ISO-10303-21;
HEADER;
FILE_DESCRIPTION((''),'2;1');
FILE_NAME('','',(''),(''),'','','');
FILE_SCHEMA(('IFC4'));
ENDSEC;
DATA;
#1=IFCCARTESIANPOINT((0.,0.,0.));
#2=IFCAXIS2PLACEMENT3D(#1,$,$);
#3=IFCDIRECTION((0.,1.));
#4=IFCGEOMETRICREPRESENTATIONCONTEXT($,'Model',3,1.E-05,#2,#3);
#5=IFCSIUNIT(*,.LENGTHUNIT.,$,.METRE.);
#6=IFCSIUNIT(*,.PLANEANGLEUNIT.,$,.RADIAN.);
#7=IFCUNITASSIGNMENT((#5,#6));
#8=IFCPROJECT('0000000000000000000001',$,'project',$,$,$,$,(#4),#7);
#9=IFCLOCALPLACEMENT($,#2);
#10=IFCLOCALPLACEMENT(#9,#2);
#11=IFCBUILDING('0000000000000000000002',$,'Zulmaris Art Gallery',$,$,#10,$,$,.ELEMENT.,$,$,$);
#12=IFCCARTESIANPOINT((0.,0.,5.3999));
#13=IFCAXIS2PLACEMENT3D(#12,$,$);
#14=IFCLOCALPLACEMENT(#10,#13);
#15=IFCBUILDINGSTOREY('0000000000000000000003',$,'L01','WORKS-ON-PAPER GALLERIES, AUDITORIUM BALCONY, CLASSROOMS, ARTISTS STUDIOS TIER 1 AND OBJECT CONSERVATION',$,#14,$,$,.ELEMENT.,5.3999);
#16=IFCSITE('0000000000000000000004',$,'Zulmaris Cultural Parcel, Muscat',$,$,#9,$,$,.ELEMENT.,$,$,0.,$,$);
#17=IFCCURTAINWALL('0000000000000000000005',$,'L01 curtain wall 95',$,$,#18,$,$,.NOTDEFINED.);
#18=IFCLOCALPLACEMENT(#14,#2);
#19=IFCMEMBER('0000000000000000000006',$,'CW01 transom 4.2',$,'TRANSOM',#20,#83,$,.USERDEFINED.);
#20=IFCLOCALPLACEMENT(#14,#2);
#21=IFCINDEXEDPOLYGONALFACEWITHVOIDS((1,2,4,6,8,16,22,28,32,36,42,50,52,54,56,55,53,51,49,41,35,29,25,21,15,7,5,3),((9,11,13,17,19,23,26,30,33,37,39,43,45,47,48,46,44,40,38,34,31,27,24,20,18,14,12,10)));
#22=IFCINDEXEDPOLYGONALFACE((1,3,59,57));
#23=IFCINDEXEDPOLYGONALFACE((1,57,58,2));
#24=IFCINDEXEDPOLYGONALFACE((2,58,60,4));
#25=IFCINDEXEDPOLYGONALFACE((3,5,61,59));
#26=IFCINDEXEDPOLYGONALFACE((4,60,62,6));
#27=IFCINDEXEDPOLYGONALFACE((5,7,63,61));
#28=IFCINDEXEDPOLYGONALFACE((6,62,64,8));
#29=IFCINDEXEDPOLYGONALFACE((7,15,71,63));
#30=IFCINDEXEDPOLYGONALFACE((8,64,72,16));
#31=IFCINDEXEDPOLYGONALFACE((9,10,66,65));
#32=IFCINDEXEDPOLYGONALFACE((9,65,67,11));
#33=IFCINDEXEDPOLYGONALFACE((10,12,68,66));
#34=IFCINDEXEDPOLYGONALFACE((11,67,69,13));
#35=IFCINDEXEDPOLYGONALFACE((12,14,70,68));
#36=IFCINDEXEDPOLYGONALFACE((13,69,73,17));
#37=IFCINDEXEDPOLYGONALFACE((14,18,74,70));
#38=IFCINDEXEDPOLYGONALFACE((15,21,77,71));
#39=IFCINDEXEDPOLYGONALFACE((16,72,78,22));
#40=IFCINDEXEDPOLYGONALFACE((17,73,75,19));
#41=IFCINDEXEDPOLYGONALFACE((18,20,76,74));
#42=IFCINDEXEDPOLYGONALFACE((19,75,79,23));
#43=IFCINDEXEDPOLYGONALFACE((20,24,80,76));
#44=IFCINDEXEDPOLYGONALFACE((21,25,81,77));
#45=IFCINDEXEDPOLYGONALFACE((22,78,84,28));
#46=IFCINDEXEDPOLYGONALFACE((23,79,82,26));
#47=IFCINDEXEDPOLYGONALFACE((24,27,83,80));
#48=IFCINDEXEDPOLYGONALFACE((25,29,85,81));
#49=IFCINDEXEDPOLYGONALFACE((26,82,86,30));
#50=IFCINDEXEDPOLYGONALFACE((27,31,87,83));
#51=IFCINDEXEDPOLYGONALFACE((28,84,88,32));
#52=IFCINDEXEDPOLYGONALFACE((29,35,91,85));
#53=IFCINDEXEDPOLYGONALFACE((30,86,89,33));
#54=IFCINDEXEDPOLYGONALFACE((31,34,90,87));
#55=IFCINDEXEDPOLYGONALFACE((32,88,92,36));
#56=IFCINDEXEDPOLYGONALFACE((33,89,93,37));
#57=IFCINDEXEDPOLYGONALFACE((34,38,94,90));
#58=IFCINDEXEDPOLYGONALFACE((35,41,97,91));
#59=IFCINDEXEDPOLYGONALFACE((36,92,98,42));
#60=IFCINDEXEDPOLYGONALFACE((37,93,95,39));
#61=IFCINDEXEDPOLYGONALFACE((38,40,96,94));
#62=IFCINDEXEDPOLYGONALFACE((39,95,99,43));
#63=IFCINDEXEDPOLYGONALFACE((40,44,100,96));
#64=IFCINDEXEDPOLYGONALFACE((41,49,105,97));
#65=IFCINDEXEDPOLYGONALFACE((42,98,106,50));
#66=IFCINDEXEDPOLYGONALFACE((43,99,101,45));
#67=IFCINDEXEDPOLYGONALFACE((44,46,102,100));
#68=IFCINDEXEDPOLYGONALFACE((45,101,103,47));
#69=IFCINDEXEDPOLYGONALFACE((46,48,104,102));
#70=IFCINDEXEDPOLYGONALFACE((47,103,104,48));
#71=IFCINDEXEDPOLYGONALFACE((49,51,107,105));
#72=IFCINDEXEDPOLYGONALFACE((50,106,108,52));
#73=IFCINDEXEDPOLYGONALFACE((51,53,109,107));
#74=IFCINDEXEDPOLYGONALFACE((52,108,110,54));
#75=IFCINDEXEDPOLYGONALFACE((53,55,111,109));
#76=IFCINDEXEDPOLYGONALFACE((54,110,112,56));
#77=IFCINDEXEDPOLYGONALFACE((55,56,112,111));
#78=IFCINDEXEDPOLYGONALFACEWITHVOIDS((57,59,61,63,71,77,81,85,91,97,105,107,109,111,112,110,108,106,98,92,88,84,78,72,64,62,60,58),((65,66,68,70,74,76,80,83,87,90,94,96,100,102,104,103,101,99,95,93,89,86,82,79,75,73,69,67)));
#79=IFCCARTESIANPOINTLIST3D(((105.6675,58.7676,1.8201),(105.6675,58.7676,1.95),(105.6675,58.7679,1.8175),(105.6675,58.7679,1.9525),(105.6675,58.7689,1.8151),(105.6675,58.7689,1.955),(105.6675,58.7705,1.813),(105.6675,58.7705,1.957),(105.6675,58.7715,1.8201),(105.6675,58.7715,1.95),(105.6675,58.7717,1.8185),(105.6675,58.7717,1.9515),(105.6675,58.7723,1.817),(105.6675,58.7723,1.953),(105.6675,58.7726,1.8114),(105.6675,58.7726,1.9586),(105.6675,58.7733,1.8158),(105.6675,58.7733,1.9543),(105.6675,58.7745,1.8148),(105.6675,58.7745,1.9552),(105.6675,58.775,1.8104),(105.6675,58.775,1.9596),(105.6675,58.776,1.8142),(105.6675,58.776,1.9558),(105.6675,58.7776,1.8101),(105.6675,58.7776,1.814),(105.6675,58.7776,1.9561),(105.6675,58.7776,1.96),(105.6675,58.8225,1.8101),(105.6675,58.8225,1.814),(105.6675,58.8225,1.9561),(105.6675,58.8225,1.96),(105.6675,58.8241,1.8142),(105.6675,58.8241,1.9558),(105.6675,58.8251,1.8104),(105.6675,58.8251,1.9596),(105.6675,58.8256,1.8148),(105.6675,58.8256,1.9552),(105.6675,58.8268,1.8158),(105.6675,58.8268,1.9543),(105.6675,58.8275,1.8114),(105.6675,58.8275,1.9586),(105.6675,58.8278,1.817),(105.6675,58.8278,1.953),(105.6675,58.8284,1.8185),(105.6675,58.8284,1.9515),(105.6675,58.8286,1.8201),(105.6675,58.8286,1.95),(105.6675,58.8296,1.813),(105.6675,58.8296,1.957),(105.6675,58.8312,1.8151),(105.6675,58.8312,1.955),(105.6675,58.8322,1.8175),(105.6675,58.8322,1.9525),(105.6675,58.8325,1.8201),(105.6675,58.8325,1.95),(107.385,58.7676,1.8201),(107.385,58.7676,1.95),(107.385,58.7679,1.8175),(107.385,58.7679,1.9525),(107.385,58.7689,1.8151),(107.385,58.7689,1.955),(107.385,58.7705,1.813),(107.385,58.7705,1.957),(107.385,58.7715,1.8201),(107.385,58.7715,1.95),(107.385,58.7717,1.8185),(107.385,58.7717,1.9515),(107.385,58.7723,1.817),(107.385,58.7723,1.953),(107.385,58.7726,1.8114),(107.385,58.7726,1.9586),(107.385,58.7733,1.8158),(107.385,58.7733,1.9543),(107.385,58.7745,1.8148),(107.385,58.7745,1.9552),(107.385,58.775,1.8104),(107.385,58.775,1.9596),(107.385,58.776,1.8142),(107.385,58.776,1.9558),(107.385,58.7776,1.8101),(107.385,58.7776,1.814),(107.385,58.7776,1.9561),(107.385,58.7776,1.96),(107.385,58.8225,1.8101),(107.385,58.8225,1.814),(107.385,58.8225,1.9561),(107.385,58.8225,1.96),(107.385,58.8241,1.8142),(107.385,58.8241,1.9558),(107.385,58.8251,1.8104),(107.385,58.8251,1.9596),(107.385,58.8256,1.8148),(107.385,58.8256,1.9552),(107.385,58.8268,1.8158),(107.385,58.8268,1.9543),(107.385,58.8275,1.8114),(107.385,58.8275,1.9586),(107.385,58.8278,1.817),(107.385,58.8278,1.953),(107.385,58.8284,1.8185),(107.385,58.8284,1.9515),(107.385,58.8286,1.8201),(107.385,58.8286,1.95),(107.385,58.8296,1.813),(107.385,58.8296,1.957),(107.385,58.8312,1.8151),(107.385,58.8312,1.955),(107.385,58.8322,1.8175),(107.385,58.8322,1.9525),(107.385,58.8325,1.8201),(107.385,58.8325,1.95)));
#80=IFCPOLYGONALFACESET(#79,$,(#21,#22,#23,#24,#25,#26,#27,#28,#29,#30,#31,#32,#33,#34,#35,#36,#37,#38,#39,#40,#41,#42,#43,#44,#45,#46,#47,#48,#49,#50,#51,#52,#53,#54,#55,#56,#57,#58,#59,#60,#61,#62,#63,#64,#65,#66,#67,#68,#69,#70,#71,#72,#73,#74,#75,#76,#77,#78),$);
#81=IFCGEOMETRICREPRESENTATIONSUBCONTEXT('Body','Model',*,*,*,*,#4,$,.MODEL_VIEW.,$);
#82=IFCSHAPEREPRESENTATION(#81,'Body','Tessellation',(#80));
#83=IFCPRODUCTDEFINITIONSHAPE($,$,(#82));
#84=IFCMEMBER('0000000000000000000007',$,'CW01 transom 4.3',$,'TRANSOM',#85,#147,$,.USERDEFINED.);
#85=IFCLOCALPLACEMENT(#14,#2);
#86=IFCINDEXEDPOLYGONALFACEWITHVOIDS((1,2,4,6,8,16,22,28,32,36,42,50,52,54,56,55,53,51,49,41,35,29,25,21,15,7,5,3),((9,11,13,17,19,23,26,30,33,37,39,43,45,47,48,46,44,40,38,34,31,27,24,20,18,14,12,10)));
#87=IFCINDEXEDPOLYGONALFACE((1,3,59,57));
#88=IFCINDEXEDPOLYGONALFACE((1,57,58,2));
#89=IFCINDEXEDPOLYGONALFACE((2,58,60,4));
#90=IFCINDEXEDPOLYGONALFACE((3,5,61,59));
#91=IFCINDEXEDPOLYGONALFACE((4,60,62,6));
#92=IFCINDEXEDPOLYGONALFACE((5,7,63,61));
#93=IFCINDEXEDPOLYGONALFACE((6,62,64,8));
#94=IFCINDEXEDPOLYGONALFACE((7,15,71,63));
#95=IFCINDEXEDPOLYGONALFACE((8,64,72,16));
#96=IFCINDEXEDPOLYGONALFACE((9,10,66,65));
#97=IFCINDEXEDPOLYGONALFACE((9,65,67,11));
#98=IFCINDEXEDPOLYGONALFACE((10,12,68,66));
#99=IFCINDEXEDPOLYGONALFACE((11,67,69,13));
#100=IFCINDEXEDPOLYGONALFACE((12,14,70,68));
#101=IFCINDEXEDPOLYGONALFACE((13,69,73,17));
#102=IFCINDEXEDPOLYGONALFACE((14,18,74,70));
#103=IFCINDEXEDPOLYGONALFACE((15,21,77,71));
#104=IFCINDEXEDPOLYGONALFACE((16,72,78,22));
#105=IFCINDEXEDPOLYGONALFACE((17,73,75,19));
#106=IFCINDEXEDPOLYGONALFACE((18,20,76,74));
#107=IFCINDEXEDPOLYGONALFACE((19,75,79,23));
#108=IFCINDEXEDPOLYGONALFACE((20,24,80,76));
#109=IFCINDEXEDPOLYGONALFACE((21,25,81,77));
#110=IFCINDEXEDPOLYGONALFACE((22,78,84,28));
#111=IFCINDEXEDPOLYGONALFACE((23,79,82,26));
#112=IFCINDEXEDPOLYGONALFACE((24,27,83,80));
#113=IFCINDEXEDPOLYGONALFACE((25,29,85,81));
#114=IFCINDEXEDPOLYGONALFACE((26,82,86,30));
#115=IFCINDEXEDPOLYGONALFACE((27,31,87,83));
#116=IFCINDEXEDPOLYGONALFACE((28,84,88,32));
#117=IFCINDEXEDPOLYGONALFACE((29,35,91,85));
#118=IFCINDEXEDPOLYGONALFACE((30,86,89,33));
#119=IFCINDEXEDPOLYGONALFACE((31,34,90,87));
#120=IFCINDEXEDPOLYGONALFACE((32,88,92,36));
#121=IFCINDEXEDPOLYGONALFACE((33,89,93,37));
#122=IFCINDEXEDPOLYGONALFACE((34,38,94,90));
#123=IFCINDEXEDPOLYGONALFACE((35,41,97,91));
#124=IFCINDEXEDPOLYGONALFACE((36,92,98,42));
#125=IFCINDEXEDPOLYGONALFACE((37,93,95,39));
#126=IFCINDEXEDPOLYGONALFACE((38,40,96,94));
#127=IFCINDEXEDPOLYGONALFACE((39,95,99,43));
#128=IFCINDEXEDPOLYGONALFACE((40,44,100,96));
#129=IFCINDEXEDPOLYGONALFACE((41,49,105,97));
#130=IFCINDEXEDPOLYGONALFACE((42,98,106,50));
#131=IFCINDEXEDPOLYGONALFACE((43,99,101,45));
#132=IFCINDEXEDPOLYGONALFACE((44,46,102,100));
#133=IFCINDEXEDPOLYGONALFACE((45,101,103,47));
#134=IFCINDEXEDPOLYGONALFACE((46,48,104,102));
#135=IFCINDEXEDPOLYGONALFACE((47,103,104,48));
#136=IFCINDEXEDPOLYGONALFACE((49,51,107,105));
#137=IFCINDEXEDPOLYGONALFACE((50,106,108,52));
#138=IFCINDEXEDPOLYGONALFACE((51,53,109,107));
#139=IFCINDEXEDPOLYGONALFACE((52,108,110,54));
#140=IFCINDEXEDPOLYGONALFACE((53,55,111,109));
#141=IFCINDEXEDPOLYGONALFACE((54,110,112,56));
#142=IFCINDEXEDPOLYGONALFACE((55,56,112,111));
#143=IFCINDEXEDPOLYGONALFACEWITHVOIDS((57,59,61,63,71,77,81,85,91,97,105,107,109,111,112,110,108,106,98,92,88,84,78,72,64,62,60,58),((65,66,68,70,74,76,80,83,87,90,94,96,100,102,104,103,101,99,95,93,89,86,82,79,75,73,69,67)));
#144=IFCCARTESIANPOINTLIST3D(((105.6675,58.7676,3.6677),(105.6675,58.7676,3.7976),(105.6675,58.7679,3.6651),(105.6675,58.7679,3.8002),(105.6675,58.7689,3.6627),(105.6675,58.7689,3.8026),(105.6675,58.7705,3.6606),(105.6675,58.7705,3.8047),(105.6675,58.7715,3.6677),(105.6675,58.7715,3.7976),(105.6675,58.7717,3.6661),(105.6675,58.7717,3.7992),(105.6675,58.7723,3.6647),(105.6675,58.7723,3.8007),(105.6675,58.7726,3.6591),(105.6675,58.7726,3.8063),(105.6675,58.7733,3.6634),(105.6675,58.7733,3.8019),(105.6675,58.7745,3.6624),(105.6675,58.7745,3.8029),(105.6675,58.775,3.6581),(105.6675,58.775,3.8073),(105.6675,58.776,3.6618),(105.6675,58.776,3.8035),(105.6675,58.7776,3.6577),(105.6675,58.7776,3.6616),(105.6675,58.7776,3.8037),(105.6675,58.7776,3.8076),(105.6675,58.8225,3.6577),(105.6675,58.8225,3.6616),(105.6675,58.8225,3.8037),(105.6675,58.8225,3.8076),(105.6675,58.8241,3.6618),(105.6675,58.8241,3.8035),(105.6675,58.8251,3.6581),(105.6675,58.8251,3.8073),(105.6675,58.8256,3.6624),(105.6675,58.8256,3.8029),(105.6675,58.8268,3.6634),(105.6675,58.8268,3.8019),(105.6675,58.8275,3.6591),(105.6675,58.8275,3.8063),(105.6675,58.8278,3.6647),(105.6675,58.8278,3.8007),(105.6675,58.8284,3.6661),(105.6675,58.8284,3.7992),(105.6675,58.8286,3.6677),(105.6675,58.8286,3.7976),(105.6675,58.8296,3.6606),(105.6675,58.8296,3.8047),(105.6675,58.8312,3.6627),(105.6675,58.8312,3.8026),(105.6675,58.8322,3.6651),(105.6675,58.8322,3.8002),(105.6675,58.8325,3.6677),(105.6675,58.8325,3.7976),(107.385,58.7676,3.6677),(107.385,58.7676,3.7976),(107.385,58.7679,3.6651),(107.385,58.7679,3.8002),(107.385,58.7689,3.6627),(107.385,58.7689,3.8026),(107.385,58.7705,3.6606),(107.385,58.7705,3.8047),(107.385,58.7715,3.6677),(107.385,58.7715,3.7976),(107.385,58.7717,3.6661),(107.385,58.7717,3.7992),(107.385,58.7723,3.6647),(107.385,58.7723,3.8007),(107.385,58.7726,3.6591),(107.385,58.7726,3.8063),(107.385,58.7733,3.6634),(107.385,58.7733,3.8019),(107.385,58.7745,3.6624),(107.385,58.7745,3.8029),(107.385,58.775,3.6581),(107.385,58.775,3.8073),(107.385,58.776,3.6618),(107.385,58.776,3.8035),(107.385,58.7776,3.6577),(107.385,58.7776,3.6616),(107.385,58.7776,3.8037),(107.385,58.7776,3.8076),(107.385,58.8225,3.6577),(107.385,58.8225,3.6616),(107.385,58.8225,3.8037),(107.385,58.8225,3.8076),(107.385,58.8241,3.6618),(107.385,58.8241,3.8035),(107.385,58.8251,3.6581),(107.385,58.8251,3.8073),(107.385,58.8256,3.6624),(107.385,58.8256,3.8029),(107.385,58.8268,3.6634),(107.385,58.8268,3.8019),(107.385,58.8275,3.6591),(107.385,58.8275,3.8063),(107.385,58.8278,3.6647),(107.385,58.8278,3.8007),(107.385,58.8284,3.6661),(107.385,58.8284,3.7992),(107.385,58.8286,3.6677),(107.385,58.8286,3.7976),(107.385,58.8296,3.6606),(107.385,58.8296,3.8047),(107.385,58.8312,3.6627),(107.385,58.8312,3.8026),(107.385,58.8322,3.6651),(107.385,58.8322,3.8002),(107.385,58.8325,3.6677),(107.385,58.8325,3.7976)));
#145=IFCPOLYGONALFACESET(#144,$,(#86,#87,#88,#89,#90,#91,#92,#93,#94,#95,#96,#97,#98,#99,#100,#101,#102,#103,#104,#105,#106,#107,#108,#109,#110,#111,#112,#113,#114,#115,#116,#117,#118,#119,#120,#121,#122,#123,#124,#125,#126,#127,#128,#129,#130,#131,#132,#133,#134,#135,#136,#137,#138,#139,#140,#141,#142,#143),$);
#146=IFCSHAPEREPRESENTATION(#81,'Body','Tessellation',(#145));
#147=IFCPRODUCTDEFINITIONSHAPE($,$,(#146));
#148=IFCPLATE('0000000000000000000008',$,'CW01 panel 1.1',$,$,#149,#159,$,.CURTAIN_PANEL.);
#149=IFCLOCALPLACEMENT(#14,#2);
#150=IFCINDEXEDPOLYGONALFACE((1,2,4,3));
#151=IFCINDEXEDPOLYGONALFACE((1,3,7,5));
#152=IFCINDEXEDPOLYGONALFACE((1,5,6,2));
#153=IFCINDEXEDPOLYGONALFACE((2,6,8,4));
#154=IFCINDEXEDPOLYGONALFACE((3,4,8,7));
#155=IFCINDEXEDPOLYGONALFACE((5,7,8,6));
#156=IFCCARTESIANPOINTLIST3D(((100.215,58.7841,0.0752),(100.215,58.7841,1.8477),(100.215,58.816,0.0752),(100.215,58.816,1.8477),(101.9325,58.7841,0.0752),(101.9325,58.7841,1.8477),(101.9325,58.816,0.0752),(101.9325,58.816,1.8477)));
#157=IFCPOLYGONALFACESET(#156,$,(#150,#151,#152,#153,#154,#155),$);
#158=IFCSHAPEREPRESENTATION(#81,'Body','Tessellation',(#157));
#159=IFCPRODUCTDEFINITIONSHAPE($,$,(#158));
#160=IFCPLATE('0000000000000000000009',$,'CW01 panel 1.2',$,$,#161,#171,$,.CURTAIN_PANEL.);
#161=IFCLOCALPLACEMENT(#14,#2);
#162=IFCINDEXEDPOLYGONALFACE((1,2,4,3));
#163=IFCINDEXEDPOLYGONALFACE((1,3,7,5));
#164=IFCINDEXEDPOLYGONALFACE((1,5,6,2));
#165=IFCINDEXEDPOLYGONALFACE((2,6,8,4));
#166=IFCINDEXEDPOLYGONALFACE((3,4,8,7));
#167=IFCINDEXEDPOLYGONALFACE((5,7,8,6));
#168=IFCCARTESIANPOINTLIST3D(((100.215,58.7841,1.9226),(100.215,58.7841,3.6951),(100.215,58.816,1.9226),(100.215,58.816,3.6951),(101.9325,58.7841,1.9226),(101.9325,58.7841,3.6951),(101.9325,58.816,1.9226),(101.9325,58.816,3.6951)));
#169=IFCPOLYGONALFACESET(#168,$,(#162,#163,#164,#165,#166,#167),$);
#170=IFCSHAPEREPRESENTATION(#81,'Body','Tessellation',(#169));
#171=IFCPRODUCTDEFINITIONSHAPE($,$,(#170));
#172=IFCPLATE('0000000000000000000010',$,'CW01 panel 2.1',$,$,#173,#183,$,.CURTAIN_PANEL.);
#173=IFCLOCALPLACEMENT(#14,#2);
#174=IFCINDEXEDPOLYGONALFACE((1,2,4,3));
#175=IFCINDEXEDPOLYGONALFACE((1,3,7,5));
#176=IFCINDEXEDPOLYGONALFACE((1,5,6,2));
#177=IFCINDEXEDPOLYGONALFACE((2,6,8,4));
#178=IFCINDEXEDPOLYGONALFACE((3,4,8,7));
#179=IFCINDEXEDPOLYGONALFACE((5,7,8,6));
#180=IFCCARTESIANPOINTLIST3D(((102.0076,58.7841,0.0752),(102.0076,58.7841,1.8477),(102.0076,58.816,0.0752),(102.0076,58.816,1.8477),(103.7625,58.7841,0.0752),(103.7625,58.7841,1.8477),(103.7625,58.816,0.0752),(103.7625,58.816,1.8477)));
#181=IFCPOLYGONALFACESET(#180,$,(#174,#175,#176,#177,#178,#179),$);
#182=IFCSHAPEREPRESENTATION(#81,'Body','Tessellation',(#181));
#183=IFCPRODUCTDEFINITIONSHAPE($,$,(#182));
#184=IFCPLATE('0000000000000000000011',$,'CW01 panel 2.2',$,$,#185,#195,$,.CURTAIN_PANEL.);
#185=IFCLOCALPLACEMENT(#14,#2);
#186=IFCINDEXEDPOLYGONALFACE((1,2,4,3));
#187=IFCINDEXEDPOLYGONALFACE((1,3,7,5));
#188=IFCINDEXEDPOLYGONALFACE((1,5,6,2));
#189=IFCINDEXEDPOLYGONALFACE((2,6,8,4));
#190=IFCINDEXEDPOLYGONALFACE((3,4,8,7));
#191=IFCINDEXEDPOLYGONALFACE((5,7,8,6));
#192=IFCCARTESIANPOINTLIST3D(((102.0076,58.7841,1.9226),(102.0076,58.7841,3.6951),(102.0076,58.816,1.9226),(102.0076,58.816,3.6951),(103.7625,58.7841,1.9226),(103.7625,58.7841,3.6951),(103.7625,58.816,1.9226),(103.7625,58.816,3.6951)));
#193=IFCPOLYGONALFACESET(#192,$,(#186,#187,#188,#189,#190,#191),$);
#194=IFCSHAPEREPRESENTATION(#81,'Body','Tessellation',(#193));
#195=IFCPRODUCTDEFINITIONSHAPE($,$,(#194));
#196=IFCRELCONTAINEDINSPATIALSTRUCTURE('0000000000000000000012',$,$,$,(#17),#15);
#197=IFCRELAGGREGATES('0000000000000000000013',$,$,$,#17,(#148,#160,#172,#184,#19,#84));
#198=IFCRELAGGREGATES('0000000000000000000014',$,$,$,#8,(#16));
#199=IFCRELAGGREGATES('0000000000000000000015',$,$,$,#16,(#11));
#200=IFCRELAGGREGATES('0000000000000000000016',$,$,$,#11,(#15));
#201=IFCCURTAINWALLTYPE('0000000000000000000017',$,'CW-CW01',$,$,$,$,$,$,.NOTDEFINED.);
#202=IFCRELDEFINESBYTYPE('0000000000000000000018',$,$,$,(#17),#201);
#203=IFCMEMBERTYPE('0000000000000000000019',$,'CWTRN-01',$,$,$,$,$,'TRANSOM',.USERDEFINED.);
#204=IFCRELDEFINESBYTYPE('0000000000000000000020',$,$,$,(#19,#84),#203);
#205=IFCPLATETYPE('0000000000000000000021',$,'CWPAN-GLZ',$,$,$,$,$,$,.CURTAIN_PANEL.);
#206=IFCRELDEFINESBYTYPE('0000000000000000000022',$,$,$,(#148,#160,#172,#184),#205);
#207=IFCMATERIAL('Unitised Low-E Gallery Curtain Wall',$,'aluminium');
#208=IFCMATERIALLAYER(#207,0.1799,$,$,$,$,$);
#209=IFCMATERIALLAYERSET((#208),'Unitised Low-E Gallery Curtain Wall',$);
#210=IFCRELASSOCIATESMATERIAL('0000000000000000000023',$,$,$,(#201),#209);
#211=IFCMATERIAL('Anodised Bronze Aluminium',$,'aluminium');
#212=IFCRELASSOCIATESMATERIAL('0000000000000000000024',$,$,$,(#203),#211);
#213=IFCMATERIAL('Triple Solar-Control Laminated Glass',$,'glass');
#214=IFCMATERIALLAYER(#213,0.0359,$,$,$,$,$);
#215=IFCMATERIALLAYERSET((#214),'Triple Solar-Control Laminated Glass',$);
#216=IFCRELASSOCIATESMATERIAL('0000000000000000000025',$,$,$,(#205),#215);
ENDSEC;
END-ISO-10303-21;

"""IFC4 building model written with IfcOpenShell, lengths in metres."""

from ifc_helpers import new_model, si_unit, direction, frame, origin, origin_2d, place, context, subcontext, project, spatial, rectangle, hollow_rectangle, extrude, material, layer, layer_set, material_profile, profile_set, type_object, element, aggregate, save


model = new_model("IFC4")

# Units and contexts
model_context = context("Model", 3, precision=1e-05, world=origin(), true_north=direction((0.0, 1.0)))
body_context = subcontext(model_context, "Body", "Model", "MODEL_VIEW")
ifc_project = project(units=[si_unit("LENGTHUNIT", "METRE"), si_unit("PLANEANGLEUNIT", "RADIAN")], contexts=[model_context])

# Site, building, storey
site_placement = place(None, origin())
site = spatial("IfcSite", under=ifc_project, at=site_placement, Name="Zulmaris Cultural Parcel, Muscat", CompositionType="ELEMENT", RefElevation=0.0)
building_placement = place(site_placement, origin())
building = spatial("IfcBuilding", under=site, at=building_placement, Name="Zulmaris Art Gallery", CompositionType="ELEMENT")
storey_placement = place(building_placement, frame((0.0, 0.0, 5.3999)))
storey = spatial("IfcBuildingStorey", under=building, at=storey_placement, Name="L01", Description="WORKS-ON-PAPER GALLERIES, AUDITORIUM BALCONY, CLASSROOMS, ARTISTS STUDIOS TIER 1 AND OBJECT CONSERVATION", CompositionType="ELEMENT", Elevation=5.3999)

# Curtain wall, members, plates
ifc_material_1 = material(Name="Unitised Low-E Gallery Curtain Wall", Category="aluminium")
ifc_layer_1 = layer(ifc_material_1, 0.1799)
ifc_layer_set_1 = layer_set([ifc_layer_1], Name="Unitised Low-E Gallery Curtain Wall")
curtain_wall_type = type_object("IfcCurtainWallType", Name="CW-CW01", PredefinedType="NOTDEFINED", material=ifc_layer_set_1)
curtain_wall_placement = place(storey_placement, origin())
curtain_wall = element("IfcCurtainWall", 1, at=curtain_wall_placement, inside=storey, type_object=curtain_wall_type, Name="L01 curtain wall 95", PredefinedType="NOTDEFINED")
ifc_material_2 = material(Name="Anodised Bronze Aluminium", Category="aluminium")
ifc_material_profile_1 = material_profile(ifc_material_2, hollow_rectangle(XDim=0.0649, YDim=0.1499, WallThickness=0.0039, InnerFilletRadius=0.0061, OuterFilletRadius=0.01, at=origin_2d()), Name="ALU 65x150x4")
ifc_profile_set_1 = profile_set([ifc_material_profile_1], Name="Anodised Bronze Aluminium")
member_type_1 = type_object("IfcMemberType", Name="CWTRN-01", ElementType="TRANSOM", PredefinedType="USERDEFINED", material=ifc_profile_set_1)
member_1_placement = place(storey_placement, frame((105.6675, 58.8, 1.885), z_axis=(1.0, 0.0, 0.0), x_axis=(0.0, 1.0, 0.0)))
member_1 = element("IfcMember", 2, at=member_1_placement, type_object=member_type_1, Name="CW01 transom 4.2", ObjectType="TRANSOM", PredefinedType="USERDEFINED", context=body_context, shape_type="SweptSolid", body=[
    extrude(hollow_rectangle(XDim=0.0649, YDim=0.1499, WallThickness=0.0039, InnerFilletRadius=0.0061, OuterFilletRadius=0.01, at=origin_2d()), origin(), (0.0, 0.0, 1.0), 1.7175),
])
member_2_placement = place(storey_placement, frame((105.6675, 58.8, 3.7327), z_axis=(1.0, 0.0, 0.0), x_axis=(0.0, 1.0, 0.0)))
member_2 = element("IfcMember", 3, at=member_2_placement, type_object=member_type_1, Name="CW01 transom 4.3", ObjectType="TRANSOM", PredefinedType="USERDEFINED", context=body_context, shape_type="SweptSolid", body=[
    extrude(hollow_rectangle(XDim=0.0649, YDim=0.1499, WallThickness=0.0039, InnerFilletRadius=0.0061, OuterFilletRadius=0.01, at=origin_2d()), origin(), (0.0, 0.0, 1.0), 1.7175),
])
ifc_material_3 = material(Name="Triple Solar-Control Laminated Glass", Category="glass")
ifc_layer_2 = layer(ifc_material_3, 0.0359)
ifc_layer_set_2 = layer_set([ifc_layer_2], Name="Triple Solar-Control Laminated Glass")
plate_type = type_object("IfcPlateType", Name="CWPAN-GLZ", PredefinedType="CURTAIN_PANEL", material=ifc_layer_set_2)
plate_1_placement = place(storey_placement, frame((101.0737, 58.8, 0.0752), z_axis=(0.0, 0.0, 1.0), x_axis=(1.0, 0.0, 0.0)))
plate_1 = element("IfcPlate", 4, at=plate_1_placement, type_object=plate_type, Name="CW01 panel 1.1", PredefinedType="CURTAIN_PANEL", context=body_context, shape_type="SweptSolid", body=[
    extrude(rectangle(XDim=1.7175, YDim=0.032, at=origin_2d()), origin(), (0.0, 0.0, 1.0), 1.7725),
])
plate_2_placement = place(storey_placement, frame((101.0737, 58.8, 1.9226), z_axis=(0.0, 0.0, 1.0), x_axis=(1.0, 0.0, 0.0)))
plate_2 = element("IfcPlate", 5, at=plate_2_placement, type_object=plate_type, Name="CW01 panel 1.2", PredefinedType="CURTAIN_PANEL", context=body_context, shape_type="SweptSolid", body=[
    extrude(rectangle(XDim=1.7175, YDim=0.032, at=origin_2d()), origin(), (0.0, 0.0, 1.0), 1.7725),
])
plate_3_placement = place(storey_placement, frame((102.885, 58.8, 0.0752), z_axis=(0.0, 0.0, 1.0), x_axis=(1.0, 0.0, 0.0)))
plate_3 = element("IfcPlate", 6, at=plate_3_placement, type_object=plate_type, Name="CW01 panel 2.1", PredefinedType="CURTAIN_PANEL", context=body_context, shape_type="SweptSolid", body=[
    extrude(rectangle(XDim=1.7549, YDim=0.032, at=origin_2d()), origin(), (0.0, 0.0, 1.0), 1.7725),
])
plate_4_placement = place(storey_placement, frame((102.885, 58.8, 1.9226), z_axis=(0.0, 0.0, 1.0), x_axis=(1.0, 0.0, 0.0)))
plate_4 = element("IfcPlate", 7, at=plate_4_placement, type_object=plate_type, Name="CW01 panel 2.2", PredefinedType="CURTAIN_PANEL", context=body_context, shape_type="SweptSolid", body=[
    extrude(rectangle(XDim=1.7549, YDim=0.032, at=origin_2d()), origin(), (0.0, 0.0, 1.0), 1.7725),
])
aggregate(curtain_wall, [plate_1, plate_2, plate_3, plate_4, member_1, member_2])

save(model, "model.ifc")
